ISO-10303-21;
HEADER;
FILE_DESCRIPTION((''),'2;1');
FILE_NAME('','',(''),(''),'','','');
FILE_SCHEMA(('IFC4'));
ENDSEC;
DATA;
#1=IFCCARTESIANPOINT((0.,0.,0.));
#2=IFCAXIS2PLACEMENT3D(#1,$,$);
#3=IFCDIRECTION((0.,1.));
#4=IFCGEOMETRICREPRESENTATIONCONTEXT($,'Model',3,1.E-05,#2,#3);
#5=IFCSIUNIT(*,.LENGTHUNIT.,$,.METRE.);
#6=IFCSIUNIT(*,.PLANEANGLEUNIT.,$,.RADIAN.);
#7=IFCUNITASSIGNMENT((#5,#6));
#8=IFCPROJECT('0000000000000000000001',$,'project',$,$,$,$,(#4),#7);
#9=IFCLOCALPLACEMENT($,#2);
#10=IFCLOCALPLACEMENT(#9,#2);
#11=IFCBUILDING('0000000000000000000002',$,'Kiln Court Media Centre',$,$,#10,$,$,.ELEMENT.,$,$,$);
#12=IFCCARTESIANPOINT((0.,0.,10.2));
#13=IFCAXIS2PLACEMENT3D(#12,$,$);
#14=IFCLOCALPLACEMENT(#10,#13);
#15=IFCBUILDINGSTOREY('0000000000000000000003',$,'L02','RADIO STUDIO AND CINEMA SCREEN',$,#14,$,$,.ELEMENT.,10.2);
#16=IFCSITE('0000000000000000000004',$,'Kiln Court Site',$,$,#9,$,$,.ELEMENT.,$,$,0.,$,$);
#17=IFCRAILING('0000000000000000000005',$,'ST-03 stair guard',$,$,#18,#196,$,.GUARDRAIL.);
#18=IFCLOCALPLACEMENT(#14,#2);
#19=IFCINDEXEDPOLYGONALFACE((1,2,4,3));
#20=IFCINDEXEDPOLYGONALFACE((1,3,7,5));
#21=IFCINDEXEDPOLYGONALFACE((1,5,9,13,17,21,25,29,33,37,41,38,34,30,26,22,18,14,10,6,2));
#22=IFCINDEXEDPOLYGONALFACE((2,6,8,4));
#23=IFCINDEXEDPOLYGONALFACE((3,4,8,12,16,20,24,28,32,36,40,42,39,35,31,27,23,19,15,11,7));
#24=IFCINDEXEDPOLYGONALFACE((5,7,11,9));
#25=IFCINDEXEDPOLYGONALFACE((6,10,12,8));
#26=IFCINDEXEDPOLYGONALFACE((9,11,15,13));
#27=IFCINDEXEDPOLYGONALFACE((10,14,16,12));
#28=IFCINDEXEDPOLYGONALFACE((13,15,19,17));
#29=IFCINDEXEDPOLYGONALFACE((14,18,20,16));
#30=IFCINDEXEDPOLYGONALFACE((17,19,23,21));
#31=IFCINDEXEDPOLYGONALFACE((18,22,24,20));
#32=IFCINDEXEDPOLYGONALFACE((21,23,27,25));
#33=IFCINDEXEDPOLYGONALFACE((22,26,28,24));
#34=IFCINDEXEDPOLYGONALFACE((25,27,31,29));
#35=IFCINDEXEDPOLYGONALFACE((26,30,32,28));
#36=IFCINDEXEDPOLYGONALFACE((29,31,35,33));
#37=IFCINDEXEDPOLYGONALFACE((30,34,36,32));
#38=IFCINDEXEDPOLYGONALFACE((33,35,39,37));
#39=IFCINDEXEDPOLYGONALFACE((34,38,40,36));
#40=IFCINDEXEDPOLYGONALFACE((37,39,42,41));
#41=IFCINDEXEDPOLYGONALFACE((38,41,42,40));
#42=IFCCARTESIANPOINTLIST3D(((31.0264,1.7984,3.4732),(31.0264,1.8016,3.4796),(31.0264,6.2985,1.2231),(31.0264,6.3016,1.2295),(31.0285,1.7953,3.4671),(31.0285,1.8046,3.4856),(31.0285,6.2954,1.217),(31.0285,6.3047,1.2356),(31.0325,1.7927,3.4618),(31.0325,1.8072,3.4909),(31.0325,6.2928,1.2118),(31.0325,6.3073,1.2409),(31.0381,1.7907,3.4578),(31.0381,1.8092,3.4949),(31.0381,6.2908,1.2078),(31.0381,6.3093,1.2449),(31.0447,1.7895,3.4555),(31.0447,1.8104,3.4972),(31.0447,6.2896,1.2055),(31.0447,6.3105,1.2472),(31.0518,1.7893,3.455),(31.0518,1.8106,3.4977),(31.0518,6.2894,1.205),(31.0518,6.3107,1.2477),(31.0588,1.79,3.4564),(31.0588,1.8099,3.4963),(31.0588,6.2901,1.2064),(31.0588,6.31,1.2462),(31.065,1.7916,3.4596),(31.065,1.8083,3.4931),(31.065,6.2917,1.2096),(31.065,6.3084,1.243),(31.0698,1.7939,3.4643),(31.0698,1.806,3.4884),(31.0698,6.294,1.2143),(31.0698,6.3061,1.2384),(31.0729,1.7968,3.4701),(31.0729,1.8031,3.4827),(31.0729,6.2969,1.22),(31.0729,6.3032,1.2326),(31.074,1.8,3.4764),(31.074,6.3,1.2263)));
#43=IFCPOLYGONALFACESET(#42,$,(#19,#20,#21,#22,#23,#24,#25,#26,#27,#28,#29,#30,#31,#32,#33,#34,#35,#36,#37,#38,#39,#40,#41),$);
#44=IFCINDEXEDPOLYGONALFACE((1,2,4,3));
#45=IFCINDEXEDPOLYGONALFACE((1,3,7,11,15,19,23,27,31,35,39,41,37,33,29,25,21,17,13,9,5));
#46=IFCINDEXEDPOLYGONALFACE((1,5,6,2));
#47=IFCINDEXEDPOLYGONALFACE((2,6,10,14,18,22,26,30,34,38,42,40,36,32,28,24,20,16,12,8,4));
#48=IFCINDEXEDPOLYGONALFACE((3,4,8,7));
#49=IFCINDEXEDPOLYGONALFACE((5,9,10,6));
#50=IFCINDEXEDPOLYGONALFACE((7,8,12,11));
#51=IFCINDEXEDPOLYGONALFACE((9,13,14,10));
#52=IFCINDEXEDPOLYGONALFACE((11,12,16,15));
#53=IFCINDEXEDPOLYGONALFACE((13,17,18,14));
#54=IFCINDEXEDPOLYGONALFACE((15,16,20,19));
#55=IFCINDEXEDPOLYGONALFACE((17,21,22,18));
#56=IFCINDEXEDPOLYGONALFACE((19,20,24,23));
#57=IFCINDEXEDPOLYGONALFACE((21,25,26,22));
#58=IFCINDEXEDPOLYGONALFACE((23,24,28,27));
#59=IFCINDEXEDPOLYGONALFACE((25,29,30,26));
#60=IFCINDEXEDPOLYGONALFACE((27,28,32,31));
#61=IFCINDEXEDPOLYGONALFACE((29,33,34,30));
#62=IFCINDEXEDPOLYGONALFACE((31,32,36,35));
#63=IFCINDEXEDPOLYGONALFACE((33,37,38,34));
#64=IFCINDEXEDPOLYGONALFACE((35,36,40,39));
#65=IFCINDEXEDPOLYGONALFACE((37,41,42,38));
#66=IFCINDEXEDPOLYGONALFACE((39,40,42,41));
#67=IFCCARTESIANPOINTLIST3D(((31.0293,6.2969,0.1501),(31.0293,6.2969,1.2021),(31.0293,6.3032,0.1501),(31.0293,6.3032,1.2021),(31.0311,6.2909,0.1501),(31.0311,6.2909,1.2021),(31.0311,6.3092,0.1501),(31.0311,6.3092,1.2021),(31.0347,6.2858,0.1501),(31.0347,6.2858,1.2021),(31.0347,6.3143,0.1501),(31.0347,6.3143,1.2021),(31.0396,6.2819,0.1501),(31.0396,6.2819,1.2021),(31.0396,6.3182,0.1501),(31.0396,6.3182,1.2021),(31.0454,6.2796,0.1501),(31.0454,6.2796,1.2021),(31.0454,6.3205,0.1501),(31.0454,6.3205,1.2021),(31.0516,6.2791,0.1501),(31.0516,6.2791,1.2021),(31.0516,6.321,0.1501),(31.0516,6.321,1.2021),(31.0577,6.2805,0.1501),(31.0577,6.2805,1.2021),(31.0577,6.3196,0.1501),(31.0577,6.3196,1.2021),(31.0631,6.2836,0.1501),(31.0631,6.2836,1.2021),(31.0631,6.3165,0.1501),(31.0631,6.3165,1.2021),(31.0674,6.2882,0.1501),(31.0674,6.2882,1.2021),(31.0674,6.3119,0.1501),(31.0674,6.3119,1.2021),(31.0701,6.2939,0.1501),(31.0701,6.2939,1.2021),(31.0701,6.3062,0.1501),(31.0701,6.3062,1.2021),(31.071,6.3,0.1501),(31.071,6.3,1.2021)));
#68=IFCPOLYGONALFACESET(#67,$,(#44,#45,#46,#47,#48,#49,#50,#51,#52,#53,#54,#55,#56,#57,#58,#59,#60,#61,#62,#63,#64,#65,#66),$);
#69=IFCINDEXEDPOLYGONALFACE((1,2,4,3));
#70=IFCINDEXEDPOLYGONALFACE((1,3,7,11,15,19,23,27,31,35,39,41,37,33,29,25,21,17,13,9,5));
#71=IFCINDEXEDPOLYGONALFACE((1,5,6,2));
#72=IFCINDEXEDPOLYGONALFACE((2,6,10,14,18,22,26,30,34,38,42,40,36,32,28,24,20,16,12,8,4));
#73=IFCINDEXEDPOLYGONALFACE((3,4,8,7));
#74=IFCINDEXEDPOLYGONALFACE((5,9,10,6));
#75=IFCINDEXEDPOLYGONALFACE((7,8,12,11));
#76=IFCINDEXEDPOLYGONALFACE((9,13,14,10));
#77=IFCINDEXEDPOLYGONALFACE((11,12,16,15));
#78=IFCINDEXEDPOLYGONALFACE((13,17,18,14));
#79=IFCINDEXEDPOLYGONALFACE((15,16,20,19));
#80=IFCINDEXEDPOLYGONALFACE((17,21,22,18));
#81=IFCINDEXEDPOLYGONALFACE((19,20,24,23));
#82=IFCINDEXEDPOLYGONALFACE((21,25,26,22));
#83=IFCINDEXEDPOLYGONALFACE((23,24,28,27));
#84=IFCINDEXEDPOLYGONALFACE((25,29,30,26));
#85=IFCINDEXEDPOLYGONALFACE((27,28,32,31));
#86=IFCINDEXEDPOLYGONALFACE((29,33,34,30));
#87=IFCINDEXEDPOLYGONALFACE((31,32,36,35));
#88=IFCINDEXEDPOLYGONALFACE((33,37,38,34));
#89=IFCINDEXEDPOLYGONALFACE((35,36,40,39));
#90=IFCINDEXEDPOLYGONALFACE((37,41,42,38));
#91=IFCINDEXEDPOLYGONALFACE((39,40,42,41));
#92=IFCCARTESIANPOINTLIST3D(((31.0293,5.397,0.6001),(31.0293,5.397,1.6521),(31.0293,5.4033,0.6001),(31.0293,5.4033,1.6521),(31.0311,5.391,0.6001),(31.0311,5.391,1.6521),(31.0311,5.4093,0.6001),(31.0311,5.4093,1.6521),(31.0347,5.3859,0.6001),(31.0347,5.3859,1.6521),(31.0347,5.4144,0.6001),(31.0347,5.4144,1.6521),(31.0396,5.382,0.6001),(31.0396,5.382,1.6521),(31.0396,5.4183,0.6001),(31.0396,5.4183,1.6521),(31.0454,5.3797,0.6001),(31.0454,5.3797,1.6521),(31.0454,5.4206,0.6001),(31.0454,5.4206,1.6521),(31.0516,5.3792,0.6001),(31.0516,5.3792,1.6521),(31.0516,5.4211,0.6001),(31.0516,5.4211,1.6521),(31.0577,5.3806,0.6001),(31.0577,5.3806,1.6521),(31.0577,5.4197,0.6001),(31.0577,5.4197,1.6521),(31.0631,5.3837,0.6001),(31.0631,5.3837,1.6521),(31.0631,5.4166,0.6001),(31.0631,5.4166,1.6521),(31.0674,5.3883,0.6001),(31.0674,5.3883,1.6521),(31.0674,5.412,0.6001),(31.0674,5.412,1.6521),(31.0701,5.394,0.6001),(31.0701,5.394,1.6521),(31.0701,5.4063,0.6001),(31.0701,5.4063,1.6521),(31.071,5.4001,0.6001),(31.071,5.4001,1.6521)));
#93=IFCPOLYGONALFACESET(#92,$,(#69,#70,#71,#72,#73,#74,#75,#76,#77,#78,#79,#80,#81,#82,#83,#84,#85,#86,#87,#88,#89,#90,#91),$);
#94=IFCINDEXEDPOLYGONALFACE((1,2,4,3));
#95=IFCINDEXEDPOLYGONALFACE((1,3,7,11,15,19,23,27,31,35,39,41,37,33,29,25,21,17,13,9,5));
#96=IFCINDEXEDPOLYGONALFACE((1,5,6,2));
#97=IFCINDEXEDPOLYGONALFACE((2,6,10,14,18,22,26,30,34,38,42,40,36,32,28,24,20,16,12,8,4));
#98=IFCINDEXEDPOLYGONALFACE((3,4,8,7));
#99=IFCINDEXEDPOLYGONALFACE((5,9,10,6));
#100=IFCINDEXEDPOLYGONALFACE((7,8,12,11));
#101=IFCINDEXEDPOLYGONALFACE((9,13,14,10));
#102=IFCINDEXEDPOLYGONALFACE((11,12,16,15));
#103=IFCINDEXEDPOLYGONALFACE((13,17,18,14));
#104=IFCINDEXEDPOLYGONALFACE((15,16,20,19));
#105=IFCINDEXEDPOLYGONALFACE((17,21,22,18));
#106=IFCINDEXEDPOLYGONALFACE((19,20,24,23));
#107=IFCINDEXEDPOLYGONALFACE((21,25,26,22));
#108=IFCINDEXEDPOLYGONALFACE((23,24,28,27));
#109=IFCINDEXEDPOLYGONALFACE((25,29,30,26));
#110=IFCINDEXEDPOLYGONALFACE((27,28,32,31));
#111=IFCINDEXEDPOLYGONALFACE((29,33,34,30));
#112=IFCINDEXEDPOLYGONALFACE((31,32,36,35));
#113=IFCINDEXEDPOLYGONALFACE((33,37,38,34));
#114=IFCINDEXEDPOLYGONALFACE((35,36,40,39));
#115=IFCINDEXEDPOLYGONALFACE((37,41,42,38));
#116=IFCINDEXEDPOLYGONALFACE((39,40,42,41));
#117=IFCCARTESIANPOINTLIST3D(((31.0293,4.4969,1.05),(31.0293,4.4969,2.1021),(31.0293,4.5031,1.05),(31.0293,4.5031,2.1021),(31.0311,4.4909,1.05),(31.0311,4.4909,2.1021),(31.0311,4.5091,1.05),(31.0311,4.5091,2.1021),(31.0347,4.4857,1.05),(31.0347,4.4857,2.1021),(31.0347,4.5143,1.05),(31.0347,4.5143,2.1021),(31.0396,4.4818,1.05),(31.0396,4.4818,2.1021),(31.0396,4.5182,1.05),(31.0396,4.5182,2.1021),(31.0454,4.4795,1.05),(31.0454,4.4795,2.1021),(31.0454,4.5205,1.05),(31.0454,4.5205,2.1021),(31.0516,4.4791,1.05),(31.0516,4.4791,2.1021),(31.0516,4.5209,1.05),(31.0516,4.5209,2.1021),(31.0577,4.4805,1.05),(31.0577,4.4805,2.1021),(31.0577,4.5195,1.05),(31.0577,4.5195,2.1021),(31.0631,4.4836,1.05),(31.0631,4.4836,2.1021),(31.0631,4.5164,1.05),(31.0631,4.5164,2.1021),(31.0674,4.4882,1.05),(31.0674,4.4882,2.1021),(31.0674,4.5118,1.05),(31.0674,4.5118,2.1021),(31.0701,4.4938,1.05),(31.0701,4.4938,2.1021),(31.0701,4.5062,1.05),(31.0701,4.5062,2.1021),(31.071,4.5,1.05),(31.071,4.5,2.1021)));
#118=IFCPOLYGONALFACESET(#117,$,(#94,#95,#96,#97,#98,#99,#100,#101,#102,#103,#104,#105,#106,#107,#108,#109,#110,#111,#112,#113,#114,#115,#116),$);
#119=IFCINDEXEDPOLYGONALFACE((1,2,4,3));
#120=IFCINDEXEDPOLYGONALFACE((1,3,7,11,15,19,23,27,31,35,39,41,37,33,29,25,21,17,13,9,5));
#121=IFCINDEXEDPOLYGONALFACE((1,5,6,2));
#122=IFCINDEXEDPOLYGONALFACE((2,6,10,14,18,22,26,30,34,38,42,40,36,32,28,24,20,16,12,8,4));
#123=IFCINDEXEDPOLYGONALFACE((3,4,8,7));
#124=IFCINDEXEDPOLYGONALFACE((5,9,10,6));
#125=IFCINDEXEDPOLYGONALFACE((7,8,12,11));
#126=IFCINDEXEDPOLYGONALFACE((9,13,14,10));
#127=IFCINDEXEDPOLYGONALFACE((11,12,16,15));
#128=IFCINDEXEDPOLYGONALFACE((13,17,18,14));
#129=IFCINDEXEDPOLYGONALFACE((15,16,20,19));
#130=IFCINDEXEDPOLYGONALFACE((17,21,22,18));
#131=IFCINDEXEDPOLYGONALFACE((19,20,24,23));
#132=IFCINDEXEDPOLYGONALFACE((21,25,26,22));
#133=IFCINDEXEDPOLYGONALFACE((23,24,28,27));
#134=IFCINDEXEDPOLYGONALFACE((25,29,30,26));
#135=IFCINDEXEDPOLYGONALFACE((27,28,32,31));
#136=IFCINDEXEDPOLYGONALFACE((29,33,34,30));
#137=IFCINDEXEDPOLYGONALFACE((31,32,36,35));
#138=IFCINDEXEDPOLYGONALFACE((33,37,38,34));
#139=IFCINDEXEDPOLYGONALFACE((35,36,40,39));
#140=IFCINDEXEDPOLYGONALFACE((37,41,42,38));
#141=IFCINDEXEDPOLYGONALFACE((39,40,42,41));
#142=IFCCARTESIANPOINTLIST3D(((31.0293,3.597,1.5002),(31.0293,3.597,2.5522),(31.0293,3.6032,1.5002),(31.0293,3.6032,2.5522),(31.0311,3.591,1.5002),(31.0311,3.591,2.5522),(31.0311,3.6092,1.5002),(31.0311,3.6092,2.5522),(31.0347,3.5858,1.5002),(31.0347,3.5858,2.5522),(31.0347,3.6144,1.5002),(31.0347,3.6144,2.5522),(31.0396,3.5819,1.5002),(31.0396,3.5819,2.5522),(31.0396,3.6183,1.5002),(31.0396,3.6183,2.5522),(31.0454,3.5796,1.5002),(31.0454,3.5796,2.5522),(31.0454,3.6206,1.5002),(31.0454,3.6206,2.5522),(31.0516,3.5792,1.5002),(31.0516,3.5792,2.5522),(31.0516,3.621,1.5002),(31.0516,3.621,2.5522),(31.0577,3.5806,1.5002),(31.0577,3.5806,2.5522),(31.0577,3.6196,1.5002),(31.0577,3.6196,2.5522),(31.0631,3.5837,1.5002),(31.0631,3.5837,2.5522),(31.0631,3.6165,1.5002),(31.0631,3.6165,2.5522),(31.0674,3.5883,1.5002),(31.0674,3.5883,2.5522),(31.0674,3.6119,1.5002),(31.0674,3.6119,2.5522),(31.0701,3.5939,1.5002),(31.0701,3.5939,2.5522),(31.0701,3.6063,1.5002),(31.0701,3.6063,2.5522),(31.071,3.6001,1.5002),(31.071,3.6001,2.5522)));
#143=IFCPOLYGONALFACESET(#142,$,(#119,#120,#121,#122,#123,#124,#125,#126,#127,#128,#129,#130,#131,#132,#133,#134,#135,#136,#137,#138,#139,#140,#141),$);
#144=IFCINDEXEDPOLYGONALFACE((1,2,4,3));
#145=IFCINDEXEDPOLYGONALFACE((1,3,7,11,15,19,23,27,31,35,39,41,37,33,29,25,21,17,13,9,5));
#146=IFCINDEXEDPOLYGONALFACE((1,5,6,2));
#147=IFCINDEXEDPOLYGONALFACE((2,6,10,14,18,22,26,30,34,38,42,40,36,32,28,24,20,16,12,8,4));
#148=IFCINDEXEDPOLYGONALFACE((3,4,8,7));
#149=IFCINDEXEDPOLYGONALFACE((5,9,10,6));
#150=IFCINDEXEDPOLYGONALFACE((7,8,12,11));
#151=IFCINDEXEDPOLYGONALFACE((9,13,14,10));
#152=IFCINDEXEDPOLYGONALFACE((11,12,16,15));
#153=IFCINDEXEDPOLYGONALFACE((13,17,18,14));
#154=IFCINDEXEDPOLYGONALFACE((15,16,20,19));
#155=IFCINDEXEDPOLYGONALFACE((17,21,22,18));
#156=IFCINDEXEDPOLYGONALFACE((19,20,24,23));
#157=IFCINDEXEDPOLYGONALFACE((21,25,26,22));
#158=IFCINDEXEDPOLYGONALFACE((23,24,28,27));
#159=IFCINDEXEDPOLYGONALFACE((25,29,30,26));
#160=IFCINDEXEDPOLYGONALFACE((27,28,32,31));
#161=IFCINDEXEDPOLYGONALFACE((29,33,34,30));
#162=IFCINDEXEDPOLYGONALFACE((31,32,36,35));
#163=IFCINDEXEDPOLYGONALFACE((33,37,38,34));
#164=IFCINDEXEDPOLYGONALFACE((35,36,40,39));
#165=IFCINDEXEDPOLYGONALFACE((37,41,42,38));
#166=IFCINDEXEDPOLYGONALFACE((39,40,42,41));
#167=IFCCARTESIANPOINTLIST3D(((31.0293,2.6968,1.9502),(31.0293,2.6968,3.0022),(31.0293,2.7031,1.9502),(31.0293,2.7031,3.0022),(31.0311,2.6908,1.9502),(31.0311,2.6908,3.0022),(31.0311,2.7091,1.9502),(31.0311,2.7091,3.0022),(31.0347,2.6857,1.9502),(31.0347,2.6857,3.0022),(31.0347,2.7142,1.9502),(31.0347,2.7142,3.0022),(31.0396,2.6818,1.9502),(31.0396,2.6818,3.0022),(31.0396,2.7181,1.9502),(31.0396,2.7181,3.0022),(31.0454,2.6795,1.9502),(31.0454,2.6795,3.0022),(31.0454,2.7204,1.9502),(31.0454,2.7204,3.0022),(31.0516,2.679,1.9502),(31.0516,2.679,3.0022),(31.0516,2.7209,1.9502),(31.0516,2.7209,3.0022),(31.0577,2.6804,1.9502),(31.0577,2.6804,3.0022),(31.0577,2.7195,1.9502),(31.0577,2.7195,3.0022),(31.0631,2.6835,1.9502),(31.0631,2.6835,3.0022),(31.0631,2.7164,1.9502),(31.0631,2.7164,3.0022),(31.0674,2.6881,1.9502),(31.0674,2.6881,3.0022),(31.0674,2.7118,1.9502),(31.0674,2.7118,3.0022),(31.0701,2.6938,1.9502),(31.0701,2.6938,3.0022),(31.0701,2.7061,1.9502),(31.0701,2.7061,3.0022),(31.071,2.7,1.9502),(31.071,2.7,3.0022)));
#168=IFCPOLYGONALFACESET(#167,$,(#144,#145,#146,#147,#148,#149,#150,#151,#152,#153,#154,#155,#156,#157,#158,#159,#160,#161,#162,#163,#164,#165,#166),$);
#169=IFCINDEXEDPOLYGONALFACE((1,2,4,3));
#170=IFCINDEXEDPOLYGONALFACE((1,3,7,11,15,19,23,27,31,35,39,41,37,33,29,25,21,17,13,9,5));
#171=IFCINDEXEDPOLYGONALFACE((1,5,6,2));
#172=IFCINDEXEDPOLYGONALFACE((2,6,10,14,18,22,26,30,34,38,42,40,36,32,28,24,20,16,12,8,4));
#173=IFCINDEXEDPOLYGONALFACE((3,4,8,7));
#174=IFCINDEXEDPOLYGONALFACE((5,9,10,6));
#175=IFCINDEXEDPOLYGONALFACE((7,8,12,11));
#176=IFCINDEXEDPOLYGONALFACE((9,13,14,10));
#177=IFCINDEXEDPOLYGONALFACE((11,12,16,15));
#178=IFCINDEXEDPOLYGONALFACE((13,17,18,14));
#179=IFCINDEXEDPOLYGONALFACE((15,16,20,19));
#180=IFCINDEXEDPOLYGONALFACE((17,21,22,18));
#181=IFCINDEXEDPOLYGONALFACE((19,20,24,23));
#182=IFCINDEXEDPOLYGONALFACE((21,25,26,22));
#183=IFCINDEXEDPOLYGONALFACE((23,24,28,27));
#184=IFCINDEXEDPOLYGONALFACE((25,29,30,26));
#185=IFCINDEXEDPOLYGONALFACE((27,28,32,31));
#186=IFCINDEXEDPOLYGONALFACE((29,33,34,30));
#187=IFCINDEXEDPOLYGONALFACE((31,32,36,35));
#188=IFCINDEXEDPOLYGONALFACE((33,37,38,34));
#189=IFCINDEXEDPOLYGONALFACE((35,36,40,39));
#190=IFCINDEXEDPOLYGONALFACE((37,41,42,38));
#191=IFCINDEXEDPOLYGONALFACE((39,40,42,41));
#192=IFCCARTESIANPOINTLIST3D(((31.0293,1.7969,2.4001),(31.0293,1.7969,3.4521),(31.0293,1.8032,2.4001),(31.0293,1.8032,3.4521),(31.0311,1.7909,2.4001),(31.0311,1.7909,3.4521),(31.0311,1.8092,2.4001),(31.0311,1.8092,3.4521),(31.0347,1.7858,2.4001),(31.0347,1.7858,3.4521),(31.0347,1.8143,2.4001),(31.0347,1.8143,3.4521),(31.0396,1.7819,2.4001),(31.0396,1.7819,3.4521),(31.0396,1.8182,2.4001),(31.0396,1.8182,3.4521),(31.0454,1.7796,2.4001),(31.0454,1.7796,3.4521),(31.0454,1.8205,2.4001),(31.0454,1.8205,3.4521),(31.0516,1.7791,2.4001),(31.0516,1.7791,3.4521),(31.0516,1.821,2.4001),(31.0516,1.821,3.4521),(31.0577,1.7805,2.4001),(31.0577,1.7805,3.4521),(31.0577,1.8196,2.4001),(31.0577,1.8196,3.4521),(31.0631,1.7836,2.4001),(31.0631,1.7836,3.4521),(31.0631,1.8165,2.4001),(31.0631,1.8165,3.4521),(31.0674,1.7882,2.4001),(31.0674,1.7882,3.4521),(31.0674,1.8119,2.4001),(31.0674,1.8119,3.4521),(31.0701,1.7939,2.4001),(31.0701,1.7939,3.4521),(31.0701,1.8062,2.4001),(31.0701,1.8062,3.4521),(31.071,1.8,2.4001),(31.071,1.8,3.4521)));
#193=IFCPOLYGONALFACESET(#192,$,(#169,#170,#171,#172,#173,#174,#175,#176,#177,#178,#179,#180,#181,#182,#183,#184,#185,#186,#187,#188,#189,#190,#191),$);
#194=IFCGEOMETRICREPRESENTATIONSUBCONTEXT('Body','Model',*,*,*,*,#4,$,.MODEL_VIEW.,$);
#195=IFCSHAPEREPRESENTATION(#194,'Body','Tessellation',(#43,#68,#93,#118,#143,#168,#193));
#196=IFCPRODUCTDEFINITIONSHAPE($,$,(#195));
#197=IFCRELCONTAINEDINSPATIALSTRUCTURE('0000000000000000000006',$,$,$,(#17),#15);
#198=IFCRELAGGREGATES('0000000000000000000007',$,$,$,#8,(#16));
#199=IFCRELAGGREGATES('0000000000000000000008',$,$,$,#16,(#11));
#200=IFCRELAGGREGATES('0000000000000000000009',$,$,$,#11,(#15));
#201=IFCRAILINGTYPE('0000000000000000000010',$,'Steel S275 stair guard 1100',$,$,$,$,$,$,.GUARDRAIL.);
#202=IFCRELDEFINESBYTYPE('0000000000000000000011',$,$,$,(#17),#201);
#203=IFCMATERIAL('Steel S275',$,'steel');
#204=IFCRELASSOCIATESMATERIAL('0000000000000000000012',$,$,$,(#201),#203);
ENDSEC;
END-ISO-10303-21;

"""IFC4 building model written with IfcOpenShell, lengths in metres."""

from ifc_helpers import new_model, si_unit, direction, frame, origin, origin_2d, place, context, subcontext, project, spatial, circle, extrude, material, type_object, element, save


model = new_model("IFC4")

# Units and contexts
model_context = context("Model", 3, precision=1e-05, world=origin(), true_north=direction((0.0, 1.0)))
body_context = subcontext(model_context, "Body", "Model", "MODEL_VIEW")
ifc_project = project(units=[si_unit("LENGTHUNIT", "METRE"), si_unit("PLANEANGLEUNIT", "RADIAN")], contexts=[model_context])

# Site, building, storey
site_placement = place(None, origin())
site = spatial("IfcSite", under=ifc_project, at=site_placement, Name="Kiln Court Site", CompositionType="ELEMENT", RefElevation=0.0)
building_placement = place(site_placement, origin())
building = spatial("IfcBuilding", under=site, at=building_placement, Name="Kiln Court Media Centre", CompositionType="ELEMENT")
storey_placement = place(building_placement, frame((0.0, 0.0, 10.2)))
storey = spatial("IfcBuildingStorey", under=building, at=storey_placement, Name="L02", Description="RADIO STUDIO AND CINEMA SCREEN", CompositionType="ELEMENT", Elevation=10.2)

# Railing
ifc_material_1 = material(Name="Steel S275", Category="steel")
railing_type_1 = type_object("IfcRailingType", Name="Steel S275 stair guard 1100", PredefinedType="GUARDRAIL", material=ifc_material_1)
railing_1_placement = place(storey_placement, frame((31.05, 6.3, 0.1501)))
element("IfcRailing", 1, at=railing_1_placement, inside=storey, type_object=railing_type_1, Name="ST-03 stair guard", PredefinedType="GUARDRAIL", context=body_context, shape_type="SweptSolid", body=[
    extrude(circle(Radius=0.0239, at=origin_2d()), frame((0.0, 0.0, 1.0762), z_axis=(0.0, -0.894427, 0.447214), x_axis=(1.0, 0.0, 0.0)), (0.0, 0.0, 1.0), 5.0312),
    extrude(circle(Radius=0.021, at=origin_2d()), origin(), (0.0, 0.0, 1.0), 1.052),
    extrude(circle(Radius=0.021, at=origin_2d()), frame((0.0, -0.8999, 0.45)), (0.0, 0.0, 1.0), 1.052),
    extrude(circle(Radius=0.021, at=origin_2d()), frame((0.0, -1.8, 0.8999)), (0.0, 0.0, 1.0), 1.052),
    extrude(circle(Radius=0.021, at=origin_2d()), frame((0.0, -2.7, 1.3501)), (0.0, 0.0, 1.0), 1.052),
    extrude(circle(Radius=0.021, at=origin_2d()), frame((0.0, -3.6001, 1.8)), (0.0, 0.0, 1.0), 1.052),
    extrude(circle(Radius=0.021, at=origin_2d()), frame((0.0, -4.5, 2.25)), (0.0, 0.0, 1.0), 1.052),
])

save(model, "model.ifc")
